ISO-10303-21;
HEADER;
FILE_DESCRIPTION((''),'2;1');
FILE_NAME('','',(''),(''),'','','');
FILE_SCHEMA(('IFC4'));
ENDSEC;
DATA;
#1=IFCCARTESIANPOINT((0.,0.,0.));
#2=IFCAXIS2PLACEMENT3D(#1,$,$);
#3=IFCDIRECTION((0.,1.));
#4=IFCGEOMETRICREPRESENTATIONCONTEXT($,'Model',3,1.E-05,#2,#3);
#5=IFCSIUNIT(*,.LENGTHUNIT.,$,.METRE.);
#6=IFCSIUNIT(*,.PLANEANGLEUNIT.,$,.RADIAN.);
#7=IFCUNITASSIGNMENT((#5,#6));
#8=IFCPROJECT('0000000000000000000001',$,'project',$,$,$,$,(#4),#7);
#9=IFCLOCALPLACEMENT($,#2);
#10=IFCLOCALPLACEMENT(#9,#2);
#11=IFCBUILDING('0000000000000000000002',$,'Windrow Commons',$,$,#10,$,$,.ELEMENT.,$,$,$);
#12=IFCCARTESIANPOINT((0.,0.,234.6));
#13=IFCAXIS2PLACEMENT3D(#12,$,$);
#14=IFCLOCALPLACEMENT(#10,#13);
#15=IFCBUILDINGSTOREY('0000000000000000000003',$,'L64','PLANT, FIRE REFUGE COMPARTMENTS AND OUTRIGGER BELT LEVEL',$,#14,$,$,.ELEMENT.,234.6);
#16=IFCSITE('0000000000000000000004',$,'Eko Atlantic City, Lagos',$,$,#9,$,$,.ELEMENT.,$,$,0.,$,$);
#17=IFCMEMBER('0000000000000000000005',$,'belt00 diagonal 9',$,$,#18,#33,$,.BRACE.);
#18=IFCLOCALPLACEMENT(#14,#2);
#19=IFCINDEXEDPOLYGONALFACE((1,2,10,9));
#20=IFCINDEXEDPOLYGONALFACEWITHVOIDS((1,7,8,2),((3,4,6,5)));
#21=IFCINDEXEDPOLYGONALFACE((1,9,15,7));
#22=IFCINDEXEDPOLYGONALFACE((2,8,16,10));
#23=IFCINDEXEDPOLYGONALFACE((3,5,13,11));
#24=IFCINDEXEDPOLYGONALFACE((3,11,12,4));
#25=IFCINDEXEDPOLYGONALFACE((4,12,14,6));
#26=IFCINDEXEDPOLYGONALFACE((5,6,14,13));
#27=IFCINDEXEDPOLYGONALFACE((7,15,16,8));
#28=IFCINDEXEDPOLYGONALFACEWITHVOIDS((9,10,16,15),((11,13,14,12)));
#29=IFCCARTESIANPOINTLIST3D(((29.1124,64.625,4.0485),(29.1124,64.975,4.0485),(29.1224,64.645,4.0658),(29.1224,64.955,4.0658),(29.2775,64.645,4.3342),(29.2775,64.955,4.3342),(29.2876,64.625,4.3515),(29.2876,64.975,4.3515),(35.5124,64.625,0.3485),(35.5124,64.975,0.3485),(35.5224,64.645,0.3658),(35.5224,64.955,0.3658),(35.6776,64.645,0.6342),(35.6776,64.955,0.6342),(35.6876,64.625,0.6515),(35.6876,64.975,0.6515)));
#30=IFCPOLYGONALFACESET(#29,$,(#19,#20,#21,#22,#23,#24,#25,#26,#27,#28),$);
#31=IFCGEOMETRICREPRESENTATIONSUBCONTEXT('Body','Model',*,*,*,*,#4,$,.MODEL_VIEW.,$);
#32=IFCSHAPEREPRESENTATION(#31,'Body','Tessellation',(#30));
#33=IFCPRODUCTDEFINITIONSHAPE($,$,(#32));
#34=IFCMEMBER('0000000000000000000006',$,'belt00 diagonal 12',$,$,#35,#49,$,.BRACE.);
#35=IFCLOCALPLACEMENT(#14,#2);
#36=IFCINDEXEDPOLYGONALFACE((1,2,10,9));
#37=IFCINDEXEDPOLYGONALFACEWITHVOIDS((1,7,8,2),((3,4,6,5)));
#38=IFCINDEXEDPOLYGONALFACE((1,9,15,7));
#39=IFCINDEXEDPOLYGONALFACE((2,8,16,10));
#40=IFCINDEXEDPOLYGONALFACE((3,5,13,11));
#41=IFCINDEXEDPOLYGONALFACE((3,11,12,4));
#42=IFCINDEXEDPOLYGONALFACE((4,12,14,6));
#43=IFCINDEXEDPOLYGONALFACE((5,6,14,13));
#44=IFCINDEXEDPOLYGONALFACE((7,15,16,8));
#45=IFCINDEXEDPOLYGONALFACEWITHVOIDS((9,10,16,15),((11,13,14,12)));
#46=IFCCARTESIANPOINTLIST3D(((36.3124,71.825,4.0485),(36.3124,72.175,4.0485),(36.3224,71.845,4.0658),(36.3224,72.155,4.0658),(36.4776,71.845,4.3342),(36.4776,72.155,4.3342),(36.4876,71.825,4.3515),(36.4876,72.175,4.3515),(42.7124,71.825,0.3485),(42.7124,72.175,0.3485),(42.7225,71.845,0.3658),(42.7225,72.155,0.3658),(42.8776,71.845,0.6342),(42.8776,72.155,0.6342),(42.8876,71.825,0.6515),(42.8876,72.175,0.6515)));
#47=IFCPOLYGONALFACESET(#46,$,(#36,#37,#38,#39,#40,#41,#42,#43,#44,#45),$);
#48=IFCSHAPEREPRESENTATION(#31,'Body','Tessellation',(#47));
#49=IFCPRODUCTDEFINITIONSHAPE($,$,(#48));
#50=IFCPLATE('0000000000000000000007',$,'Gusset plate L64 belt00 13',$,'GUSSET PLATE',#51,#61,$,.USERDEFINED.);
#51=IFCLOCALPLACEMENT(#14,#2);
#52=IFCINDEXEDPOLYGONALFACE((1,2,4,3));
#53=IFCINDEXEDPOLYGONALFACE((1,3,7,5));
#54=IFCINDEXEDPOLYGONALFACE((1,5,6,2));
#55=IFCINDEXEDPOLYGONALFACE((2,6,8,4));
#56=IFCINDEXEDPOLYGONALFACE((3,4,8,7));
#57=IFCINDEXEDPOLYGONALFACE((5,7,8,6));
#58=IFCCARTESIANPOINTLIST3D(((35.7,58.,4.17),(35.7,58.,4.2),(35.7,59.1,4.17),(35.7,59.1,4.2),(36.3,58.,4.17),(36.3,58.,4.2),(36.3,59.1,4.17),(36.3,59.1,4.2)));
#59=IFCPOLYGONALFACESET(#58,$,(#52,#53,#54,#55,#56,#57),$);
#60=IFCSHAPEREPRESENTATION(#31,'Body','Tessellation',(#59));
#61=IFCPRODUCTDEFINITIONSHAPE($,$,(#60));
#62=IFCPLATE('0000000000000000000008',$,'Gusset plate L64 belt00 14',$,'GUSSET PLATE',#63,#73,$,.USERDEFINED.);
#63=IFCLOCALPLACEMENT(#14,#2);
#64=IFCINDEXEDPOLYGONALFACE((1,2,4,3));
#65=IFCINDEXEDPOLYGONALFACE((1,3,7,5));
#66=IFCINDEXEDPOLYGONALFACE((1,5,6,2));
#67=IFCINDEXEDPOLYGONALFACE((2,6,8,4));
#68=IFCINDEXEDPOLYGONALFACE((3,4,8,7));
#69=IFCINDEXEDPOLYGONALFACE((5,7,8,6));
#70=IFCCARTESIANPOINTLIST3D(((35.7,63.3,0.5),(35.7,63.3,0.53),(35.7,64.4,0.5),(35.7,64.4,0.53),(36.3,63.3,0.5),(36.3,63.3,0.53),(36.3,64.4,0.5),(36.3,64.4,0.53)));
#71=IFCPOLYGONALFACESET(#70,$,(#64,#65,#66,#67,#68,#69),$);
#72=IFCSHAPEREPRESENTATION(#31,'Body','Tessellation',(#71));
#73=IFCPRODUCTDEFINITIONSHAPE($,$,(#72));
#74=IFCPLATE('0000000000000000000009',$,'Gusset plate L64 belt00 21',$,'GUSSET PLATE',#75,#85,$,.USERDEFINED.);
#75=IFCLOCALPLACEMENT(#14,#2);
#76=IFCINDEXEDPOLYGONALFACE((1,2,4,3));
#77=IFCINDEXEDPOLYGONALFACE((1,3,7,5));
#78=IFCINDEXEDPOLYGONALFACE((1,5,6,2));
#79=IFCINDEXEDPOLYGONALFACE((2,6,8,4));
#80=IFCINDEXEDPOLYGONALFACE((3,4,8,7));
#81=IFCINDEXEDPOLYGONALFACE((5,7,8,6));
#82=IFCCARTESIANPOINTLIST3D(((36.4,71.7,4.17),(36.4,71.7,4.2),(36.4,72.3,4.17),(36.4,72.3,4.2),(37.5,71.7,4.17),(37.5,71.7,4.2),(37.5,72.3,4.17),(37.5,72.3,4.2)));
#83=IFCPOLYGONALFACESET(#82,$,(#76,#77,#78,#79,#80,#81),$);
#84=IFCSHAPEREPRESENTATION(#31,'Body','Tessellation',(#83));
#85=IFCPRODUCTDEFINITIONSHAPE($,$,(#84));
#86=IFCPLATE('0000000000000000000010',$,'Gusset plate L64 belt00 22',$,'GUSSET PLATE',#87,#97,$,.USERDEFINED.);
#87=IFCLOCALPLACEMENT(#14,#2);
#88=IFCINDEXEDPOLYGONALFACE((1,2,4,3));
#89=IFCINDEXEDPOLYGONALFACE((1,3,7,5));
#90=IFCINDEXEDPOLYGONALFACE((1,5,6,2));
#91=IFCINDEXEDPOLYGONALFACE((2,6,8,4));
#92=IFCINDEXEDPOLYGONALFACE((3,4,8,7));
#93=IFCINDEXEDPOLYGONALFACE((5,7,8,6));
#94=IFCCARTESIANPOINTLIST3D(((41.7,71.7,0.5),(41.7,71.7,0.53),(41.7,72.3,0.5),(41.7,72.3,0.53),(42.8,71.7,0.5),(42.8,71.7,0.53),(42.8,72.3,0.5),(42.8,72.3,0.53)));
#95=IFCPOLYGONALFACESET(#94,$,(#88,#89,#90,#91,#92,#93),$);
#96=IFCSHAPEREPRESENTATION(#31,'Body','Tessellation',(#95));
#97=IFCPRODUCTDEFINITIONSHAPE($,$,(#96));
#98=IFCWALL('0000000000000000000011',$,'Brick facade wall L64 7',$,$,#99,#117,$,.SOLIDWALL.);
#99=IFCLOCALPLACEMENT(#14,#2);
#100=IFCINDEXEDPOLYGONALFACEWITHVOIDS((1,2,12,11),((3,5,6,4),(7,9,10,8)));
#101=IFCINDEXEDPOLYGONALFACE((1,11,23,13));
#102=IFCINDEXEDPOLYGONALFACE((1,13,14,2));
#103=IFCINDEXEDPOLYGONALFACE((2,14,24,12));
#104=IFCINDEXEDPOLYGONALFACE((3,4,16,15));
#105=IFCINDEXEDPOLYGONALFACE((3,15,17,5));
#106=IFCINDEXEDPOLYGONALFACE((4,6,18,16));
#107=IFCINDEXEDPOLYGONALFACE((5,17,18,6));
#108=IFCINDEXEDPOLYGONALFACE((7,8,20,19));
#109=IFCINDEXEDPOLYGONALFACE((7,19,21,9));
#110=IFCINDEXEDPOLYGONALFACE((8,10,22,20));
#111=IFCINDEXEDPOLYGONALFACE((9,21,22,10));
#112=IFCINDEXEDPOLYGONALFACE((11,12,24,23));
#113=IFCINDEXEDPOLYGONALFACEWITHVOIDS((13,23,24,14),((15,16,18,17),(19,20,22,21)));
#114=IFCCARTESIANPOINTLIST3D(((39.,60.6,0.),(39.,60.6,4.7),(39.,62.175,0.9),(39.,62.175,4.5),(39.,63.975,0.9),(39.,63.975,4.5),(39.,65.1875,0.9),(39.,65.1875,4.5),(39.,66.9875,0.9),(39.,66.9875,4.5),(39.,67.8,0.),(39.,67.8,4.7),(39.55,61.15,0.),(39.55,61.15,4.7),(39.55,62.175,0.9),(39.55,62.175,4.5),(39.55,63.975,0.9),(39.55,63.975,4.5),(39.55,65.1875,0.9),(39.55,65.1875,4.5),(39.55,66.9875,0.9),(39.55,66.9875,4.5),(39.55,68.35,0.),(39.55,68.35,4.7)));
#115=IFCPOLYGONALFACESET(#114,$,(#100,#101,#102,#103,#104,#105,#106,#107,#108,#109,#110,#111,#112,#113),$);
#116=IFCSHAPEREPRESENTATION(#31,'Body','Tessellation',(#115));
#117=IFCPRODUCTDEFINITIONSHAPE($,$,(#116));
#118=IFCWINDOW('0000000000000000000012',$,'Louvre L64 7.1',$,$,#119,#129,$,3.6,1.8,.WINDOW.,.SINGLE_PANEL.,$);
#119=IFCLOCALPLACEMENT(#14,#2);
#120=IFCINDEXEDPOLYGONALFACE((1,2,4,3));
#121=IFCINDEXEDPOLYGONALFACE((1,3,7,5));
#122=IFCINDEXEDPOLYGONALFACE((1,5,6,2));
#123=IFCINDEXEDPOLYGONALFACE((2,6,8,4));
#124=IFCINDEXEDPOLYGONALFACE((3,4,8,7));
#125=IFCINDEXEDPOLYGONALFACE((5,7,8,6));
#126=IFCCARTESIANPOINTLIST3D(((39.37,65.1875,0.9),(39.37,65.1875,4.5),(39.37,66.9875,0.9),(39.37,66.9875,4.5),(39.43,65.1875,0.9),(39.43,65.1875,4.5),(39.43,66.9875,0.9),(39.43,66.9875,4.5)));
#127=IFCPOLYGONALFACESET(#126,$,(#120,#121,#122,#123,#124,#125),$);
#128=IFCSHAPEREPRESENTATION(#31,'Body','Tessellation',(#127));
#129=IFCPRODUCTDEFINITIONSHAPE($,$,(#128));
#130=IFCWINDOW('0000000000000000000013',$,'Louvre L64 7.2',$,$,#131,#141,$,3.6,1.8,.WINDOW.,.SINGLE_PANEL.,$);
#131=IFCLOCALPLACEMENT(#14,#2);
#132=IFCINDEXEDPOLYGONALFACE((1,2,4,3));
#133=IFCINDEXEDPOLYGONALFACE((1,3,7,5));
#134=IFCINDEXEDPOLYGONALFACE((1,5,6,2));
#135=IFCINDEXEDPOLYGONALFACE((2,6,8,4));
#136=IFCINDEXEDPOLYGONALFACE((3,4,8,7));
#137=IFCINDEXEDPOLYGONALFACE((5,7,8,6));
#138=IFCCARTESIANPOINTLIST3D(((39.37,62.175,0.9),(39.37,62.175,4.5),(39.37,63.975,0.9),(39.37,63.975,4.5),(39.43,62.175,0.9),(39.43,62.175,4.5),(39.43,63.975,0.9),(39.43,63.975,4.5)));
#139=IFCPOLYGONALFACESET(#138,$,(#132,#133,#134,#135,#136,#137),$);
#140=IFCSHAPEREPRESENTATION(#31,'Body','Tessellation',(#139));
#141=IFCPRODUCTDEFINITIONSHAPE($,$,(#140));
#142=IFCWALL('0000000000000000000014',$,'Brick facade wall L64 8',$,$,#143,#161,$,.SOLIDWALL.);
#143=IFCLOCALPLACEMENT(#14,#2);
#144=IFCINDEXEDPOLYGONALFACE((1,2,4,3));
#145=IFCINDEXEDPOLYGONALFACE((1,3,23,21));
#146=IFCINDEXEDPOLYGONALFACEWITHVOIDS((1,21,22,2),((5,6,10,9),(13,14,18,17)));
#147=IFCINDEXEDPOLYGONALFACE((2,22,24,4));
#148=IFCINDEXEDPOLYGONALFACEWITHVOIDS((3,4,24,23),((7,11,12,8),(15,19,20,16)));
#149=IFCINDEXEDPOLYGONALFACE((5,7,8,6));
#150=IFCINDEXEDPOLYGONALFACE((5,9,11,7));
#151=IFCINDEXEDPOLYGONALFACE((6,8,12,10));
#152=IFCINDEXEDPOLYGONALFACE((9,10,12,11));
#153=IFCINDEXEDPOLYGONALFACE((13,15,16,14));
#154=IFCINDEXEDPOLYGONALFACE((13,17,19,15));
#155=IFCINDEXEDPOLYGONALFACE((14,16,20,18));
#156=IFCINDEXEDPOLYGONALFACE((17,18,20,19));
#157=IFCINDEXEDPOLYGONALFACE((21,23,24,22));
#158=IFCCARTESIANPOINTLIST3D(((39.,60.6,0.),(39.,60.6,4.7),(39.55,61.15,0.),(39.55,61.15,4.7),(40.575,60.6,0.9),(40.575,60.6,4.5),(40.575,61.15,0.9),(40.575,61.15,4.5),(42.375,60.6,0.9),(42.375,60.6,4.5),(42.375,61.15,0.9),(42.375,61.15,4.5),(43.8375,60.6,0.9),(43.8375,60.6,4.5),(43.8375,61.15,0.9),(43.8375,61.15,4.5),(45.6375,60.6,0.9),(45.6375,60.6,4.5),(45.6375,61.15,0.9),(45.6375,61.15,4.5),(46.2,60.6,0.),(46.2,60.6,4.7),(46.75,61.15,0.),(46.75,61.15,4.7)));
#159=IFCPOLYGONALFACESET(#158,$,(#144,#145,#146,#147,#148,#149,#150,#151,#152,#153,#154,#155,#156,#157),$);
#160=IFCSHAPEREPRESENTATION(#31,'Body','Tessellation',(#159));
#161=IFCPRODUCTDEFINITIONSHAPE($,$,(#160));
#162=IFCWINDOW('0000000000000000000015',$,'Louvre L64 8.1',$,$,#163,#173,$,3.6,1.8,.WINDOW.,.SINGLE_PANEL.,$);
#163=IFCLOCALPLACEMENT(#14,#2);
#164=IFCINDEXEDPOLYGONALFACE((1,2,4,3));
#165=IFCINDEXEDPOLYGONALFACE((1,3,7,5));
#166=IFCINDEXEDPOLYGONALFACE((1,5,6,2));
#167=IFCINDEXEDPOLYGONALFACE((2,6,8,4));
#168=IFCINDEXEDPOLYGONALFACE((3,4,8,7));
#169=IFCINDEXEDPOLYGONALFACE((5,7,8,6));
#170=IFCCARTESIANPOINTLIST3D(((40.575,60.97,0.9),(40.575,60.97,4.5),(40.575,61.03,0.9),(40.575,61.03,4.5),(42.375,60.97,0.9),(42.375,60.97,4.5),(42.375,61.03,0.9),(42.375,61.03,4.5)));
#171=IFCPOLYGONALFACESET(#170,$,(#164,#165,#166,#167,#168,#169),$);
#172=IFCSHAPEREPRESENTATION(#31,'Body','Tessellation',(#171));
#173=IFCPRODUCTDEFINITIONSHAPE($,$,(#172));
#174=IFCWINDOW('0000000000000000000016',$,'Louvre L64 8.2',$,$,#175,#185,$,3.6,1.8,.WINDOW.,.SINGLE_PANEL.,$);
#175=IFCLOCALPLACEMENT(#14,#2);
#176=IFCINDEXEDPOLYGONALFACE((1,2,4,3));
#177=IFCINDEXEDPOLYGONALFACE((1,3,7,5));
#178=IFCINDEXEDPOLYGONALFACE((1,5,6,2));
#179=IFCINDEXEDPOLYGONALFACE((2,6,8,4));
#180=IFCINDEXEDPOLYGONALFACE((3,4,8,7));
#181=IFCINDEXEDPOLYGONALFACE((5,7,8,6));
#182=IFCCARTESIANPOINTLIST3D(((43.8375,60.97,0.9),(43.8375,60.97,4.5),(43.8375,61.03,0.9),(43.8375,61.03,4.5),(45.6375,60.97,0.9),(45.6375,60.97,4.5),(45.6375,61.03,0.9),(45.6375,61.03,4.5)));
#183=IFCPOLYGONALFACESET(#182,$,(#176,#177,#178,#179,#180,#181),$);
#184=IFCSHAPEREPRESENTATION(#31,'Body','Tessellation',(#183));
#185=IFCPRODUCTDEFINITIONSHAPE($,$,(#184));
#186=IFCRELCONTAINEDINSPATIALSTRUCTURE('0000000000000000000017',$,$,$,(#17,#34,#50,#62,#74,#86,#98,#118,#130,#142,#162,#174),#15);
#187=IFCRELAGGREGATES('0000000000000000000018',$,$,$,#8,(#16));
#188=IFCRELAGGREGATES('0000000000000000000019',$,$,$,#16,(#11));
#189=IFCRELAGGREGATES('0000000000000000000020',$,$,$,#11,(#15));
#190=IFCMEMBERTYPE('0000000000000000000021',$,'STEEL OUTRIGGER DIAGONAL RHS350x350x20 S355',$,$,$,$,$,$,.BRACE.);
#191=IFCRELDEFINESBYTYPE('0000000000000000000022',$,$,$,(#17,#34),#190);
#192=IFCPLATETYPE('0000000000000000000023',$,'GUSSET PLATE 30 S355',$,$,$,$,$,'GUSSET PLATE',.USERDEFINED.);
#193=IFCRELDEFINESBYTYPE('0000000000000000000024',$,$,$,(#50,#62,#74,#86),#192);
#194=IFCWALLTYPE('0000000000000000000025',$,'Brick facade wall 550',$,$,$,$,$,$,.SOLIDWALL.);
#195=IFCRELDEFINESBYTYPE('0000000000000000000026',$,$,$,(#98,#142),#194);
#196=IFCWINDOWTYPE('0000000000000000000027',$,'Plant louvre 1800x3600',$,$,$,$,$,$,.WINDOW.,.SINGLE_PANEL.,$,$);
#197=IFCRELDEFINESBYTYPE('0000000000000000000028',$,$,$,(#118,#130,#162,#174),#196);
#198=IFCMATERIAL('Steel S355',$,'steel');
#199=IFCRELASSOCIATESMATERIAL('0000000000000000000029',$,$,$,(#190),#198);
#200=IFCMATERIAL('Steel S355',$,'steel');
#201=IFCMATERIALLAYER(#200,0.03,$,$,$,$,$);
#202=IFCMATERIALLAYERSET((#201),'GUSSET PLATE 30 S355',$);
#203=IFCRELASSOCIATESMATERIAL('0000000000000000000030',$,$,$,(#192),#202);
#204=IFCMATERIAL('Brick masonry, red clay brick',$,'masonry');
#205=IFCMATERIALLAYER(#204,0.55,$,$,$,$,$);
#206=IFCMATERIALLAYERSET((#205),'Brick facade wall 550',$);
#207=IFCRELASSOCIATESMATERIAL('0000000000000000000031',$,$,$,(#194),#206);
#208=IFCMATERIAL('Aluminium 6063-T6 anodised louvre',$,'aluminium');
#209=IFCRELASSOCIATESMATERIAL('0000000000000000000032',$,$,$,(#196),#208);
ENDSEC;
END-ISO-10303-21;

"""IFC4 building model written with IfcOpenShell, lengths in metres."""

from ifc_helpers import new_model, si_unit, direction, frame, frame_2d, origin, origin_2d, place, context, subcontext, project, spatial, polyline, rectangle, hollow_rectangle, outline, extrude, material, layer, layer_set, material_profile, profile_set, type_object, element, fill, save


model = new_model("IFC4")

# Units and contexts
model_context = context("Model", 3, precision=1e-05, world=origin(), true_north=direction((0.0, 1.0)))
body_context = subcontext(model_context, "Body", "Model", "MODEL_VIEW")
ifc_project = project(units=[si_unit("LENGTHUNIT", "METRE"), si_unit("PLANEANGLEUNIT", "RADIAN")], contexts=[model_context])

# Site, building, storey
site_placement = place(None, origin())
site = spatial("IfcSite", under=ifc_project, at=site_placement, Name="Eko Atlantic City, Lagos", CompositionType="ELEMENT", RefElevation=0.0)
building_placement = place(site_placement, origin())
building = spatial("IfcBuilding", under=site, at=building_placement, Name="Windrow Commons", CompositionType="ELEMENT")
storey_placement = place(building_placement, frame((0.0, 0.0, 234.6)))
storey = spatial("IfcBuildingStorey", under=building, at=storey_placement, Name="L64", Description="PLANT, FIRE REFUGE COMPARTMENTS AND OUTRIGGER BELT LEVEL", CompositionType="ELEMENT", Elevation=234.6)

# Members
ifc_material_1 = material(Name="Steel S355", Category="steel")
ifc_material_profile_1 = material_profile(ifc_material_1, hollow_rectangle(XDim=0.35, YDim=0.35, WallThickness=0.02, at=origin_2d()))
ifc_profile_set_1 = profile_set([ifc_material_profile_1], Name="Steel S355")
member_type_1 = type_object("IfcMemberType", Name="STEEL OUTRIGGER DIAGONAL RHS350x350x20 S355", PredefinedType="BRACE", material=ifc_profile_set_1)
for number, where, z_axis, x_axis, name in (
    (1, (35.6, 64.8, 0.5), (-0.865735, 0.0, 0.500503), (0.0, -1.0, 0.0), "belt00 diagonal 9"),
    (2, (36.4, 72.0, 4.2), (0.865735, 0.0, -0.500503), (0.0, 1.0, 0.0), "belt00 diagonal 12"),
):
    element("IfcMember", number, at=place(storey_placement, frame(where, z_axis=z_axis, x_axis=x_axis)), inside=storey, type_object=member_type_1, Name=name, PredefinedType="BRACE", context=body_context, shape_type="SweptSolid", body=[
        extrude(hollow_rectangle(XDim=0.35, YDim=0.35, WallThickness=0.02, at=origin_2d()), origin(), (0.0, 0.0, 1.0), 7.3926),
    ])

# Plates
ifc_material_2 = material(Name="Steel S355", Category="steel")
ifc_layer_1 = layer(ifc_material_2, 0.03)
ifc_layer_set_1 = layer_set([ifc_layer_1], Name="GUSSET PLATE 30 S355")
plate_type = type_object("IfcPlateType", Name="GUSSET PLATE 30 S355", ElementType="GUSSET PLATE", PredefinedType="USERDEFINED", material=ifc_layer_set_1)
for number, where, z_axis, x_axis, name in (
    (3, (36.0, 58.55, 4.17), (0.0, 0.0, 1.0), (0.0, 1.0, 0.0), "Gusset plate L64 belt00 13"),
    (4, (36.0, 63.85, 0.5), (0.0, 0.0, 1.0), (0.0, 1.0, 0.0), "Gusset plate L64 belt00 14"),
    (5, (36.95, 72.0, 4.17), (0.0, 0.0, 1.0), (1.0, 0.0, 0.0), "Gusset plate L64 belt00 21"),
    (6, (42.25, 72.0, 0.5), (0.0, 0.0, 1.0), (1.0, 0.0, 0.0), "Gusset plate L64 belt00 22"),
):
    element("IfcPlate", number, at=place(storey_placement, frame(where, z_axis=z_axis, x_axis=x_axis)), inside=storey, type_object=plate_type, Name=name, ObjectType="GUSSET PLATE", PredefinedType="USERDEFINED", context=body_context, shape_type="SweptSolid", body=[
        extrude(rectangle(XDim=1.1, YDim=0.6, at=origin_2d()), origin(), (0.0, 0.0, 1.0), 0.03),
    ])

# Walls, openings, windows
ifc_material_3 = material(Name="Brick masonry, red clay brick", Category="masonry")
ifc_layer_2 = layer(ifc_material_3, 0.55)
ifc_layer_set_2 = layer_set([ifc_layer_2], Name="Brick facade wall 550")
wall_type_1 = type_object("IfcWallType", Name="Brick facade wall 550", PredefinedType="SOLIDWALL", material=ifc_layer_set_2)
wall_1_placement = place(storey_placement, frame((39.275, 68.075, 0.0), z_axis=(0.0, 0.0, 1.0), x_axis=(0.0, -1.0, 0.0)))
wall_1 = element("IfcWall", 7, at=wall_1_placement, inside=storey, type_object=wall_type_1, Name="Brick facade wall L64 7", PredefinedType="SOLIDWALL", context=body_context, shape_type="SweptSolid", body=[
    extrude(outline(polyline([(0.275, -0.275), (7.475, -0.275), (6.925, 0.275), (-0.275, 0.275), (0.275, -0.275)])), origin(), (0.0, 0.0, 1.0), 4.7),
])
opening_1_placement = place(wall_1_placement, frame((1.0875, 0.0, 0.9)))
opening_1 = element("IfcOpeningElement", 8, at=opening_1_placement, cuts=wall_1, PredefinedType="OPENING", context=body_context, shape_type="SweptSolid", body=[
    extrude(rectangle(XDim=1.8, YDim=3.6, at=frame_2d((0.9, 1.8))), frame((0.0, 0.285, 0.0), z_axis=(0.0, -1.0, 0.0), x_axis=(1.0, 0.0, 0.0)), (0.0, 0.0, 1.0), 0.57),
])
opening_2_placement = place(wall_1_placement, frame((4.1, 0.0, 0.9)))
opening_2 = element("IfcOpeningElement", 9, at=opening_2_placement, cuts=wall_1, PredefinedType="OPENING", context=body_context, shape_type="SweptSolid", body=[
    extrude(rectangle(XDim=1.8, YDim=3.6, at=frame_2d((0.9, 1.8))), frame((0.0, 0.285, 0.0), z_axis=(0.0, -1.0, 0.0), x_axis=(1.0, 0.0, 0.0)), (0.0, 0.0, 1.0), 0.57),
])
ifc_material_4 = material(Name="Aluminium 6063-T6 anodised louvre", Category="aluminium")
window_type = type_object("IfcWindowType", Name="Plant louvre 1800x3600", PartitioningType="SINGLE_PANEL", PredefinedType="WINDOW", material=ifc_material_4)
window_1_placement = place(opening_1_placement, origin())
window_1 = element("IfcWindow", 10, at=window_1_placement, inside=storey, type_object=window_type, Name="Louvre L64 7.1", OverallHeight=3.6, OverallWidth=1.8, PartitioningType="SINGLE_PANEL", PredefinedType="WINDOW", context=body_context, shape_type="SweptSolid", body=[
    extrude(rectangle(XDim=1.8, YDim=3.6, at=frame_2d((0.9, 1.8))), frame((0.0, 0.155, 0.0), z_axis=(0.0, -1.0, 0.0), x_axis=(1.0, 0.0, 0.0)), (0.0, 0.0, 1.0), 0.06),
])
fill(opening_1, window_1)
window_2_placement = place(opening_2_placement, origin())
window_2 = element("IfcWindow", 11, at=window_2_placement, inside=storey, type_object=window_type, Name="Louvre L64 7.2", OverallHeight=3.6, OverallWidth=1.8, PartitioningType="SINGLE_PANEL", PredefinedType="WINDOW", context=body_context, shape_type="SweptSolid", body=[
    extrude(rectangle(XDim=1.8, YDim=3.6, at=frame_2d((0.9, 1.8))), frame((0.0, 0.155, 0.0), z_axis=(0.0, -1.0, 0.0), x_axis=(1.0, 0.0, 0.0)), (0.0, 0.0, 1.0), 0.06),
])
fill(opening_2, window_2)
wall_2_placement = place(storey_placement, frame((39.275, 60.875, 0.0), z_axis=(0.0, 0.0, 1.0), x_axis=(1.0, 0.0, 0.0)))
wall_2 = element("IfcWall", 12, at=wall_2_placement, inside=storey, type_object=wall_type_1, Name="Brick facade wall L64 8", PredefinedType="SOLIDWALL", context=body_context, shape_type="SweptSolid", body=[
    extrude(outline(polyline([(-0.275, -0.275), (6.925, -0.275), (7.475, 0.275), (0.275, 0.275), (-0.275, -0.275)])), origin(), (0.0, 0.0, 1.0), 4.7),
])
opening_3_placement = place(wall_2_placement, frame((1.3, 0.0, 0.9)))
opening_3 = element("IfcOpeningElement", 13, at=opening_3_placement, cuts=wall_2, PredefinedType="OPENING", context=body_context, shape_type="SweptSolid", body=[
    extrude(rectangle(XDim=1.8, YDim=3.6, at=frame_2d((0.9, 1.8))), frame((0.0, 0.285, 0.0), z_axis=(0.0, -1.0, 0.0), x_axis=(1.0, 0.0, 0.0)), (0.0, 0.0, 1.0), 0.57),
])
opening_4_placement = place(wall_2_placement, frame((4.5625, 0.0, 0.9)))
opening_4 = element("IfcOpeningElement", 14, at=opening_4_placement, cuts=wall_2, PredefinedType="OPENING", context=body_context, shape_type="SweptSolid", body=[
    extrude(rectangle(XDim=1.8, YDim=3.6, at=frame_2d((0.9, 1.8))), frame((0.0, 0.285, 0.0), z_axis=(0.0, -1.0, 0.0), x_axis=(1.0, 0.0, 0.0)), (0.0, 0.0, 1.0), 0.57),
])
window_3_placement = place(opening_3_placement, origin())
window_3 = element("IfcWindow", 15, at=window_3_placement, inside=storey, type_object=window_type, Name="Louvre L64 8.1", OverallHeight=3.6, OverallWidth=1.8, PartitioningType="SINGLE_PANEL", PredefinedType="WINDOW", context=body_context, shape_type="SweptSolid", body=[
    extrude(rectangle(XDim=1.8, YDim=3.6, at=frame_2d((0.9, 1.8))), frame((0.0, 0.155, 0.0), z_axis=(0.0, -1.0, 0.0), x_axis=(1.0, 0.0, 0.0)), (0.0, 0.0, 1.0), 0.06),
])
fill(opening_3, window_3)
window_4_placement = place(opening_4_placement, origin())
window_4 = element("IfcWindow", 16, at=window_4_placement, inside=storey, type_object=window_type, Name="Louvre L64 8.2", OverallHeight=3.6, OverallWidth=1.8, PartitioningType="SINGLE_PANEL", PredefinedType="WINDOW", context=body_context, shape_type="SweptSolid", body=[
    extrude(rectangle(XDim=1.8, YDim=3.6, at=frame_2d((0.9, 1.8))), frame((0.0, 0.155, 0.0), z_axis=(0.0, -1.0, 0.0), x_axis=(1.0, 0.0, 0.0)), (0.0, 0.0, 1.0), 0.06),
])
fill(opening_4, window_4)

save(model, "model.ifc")
